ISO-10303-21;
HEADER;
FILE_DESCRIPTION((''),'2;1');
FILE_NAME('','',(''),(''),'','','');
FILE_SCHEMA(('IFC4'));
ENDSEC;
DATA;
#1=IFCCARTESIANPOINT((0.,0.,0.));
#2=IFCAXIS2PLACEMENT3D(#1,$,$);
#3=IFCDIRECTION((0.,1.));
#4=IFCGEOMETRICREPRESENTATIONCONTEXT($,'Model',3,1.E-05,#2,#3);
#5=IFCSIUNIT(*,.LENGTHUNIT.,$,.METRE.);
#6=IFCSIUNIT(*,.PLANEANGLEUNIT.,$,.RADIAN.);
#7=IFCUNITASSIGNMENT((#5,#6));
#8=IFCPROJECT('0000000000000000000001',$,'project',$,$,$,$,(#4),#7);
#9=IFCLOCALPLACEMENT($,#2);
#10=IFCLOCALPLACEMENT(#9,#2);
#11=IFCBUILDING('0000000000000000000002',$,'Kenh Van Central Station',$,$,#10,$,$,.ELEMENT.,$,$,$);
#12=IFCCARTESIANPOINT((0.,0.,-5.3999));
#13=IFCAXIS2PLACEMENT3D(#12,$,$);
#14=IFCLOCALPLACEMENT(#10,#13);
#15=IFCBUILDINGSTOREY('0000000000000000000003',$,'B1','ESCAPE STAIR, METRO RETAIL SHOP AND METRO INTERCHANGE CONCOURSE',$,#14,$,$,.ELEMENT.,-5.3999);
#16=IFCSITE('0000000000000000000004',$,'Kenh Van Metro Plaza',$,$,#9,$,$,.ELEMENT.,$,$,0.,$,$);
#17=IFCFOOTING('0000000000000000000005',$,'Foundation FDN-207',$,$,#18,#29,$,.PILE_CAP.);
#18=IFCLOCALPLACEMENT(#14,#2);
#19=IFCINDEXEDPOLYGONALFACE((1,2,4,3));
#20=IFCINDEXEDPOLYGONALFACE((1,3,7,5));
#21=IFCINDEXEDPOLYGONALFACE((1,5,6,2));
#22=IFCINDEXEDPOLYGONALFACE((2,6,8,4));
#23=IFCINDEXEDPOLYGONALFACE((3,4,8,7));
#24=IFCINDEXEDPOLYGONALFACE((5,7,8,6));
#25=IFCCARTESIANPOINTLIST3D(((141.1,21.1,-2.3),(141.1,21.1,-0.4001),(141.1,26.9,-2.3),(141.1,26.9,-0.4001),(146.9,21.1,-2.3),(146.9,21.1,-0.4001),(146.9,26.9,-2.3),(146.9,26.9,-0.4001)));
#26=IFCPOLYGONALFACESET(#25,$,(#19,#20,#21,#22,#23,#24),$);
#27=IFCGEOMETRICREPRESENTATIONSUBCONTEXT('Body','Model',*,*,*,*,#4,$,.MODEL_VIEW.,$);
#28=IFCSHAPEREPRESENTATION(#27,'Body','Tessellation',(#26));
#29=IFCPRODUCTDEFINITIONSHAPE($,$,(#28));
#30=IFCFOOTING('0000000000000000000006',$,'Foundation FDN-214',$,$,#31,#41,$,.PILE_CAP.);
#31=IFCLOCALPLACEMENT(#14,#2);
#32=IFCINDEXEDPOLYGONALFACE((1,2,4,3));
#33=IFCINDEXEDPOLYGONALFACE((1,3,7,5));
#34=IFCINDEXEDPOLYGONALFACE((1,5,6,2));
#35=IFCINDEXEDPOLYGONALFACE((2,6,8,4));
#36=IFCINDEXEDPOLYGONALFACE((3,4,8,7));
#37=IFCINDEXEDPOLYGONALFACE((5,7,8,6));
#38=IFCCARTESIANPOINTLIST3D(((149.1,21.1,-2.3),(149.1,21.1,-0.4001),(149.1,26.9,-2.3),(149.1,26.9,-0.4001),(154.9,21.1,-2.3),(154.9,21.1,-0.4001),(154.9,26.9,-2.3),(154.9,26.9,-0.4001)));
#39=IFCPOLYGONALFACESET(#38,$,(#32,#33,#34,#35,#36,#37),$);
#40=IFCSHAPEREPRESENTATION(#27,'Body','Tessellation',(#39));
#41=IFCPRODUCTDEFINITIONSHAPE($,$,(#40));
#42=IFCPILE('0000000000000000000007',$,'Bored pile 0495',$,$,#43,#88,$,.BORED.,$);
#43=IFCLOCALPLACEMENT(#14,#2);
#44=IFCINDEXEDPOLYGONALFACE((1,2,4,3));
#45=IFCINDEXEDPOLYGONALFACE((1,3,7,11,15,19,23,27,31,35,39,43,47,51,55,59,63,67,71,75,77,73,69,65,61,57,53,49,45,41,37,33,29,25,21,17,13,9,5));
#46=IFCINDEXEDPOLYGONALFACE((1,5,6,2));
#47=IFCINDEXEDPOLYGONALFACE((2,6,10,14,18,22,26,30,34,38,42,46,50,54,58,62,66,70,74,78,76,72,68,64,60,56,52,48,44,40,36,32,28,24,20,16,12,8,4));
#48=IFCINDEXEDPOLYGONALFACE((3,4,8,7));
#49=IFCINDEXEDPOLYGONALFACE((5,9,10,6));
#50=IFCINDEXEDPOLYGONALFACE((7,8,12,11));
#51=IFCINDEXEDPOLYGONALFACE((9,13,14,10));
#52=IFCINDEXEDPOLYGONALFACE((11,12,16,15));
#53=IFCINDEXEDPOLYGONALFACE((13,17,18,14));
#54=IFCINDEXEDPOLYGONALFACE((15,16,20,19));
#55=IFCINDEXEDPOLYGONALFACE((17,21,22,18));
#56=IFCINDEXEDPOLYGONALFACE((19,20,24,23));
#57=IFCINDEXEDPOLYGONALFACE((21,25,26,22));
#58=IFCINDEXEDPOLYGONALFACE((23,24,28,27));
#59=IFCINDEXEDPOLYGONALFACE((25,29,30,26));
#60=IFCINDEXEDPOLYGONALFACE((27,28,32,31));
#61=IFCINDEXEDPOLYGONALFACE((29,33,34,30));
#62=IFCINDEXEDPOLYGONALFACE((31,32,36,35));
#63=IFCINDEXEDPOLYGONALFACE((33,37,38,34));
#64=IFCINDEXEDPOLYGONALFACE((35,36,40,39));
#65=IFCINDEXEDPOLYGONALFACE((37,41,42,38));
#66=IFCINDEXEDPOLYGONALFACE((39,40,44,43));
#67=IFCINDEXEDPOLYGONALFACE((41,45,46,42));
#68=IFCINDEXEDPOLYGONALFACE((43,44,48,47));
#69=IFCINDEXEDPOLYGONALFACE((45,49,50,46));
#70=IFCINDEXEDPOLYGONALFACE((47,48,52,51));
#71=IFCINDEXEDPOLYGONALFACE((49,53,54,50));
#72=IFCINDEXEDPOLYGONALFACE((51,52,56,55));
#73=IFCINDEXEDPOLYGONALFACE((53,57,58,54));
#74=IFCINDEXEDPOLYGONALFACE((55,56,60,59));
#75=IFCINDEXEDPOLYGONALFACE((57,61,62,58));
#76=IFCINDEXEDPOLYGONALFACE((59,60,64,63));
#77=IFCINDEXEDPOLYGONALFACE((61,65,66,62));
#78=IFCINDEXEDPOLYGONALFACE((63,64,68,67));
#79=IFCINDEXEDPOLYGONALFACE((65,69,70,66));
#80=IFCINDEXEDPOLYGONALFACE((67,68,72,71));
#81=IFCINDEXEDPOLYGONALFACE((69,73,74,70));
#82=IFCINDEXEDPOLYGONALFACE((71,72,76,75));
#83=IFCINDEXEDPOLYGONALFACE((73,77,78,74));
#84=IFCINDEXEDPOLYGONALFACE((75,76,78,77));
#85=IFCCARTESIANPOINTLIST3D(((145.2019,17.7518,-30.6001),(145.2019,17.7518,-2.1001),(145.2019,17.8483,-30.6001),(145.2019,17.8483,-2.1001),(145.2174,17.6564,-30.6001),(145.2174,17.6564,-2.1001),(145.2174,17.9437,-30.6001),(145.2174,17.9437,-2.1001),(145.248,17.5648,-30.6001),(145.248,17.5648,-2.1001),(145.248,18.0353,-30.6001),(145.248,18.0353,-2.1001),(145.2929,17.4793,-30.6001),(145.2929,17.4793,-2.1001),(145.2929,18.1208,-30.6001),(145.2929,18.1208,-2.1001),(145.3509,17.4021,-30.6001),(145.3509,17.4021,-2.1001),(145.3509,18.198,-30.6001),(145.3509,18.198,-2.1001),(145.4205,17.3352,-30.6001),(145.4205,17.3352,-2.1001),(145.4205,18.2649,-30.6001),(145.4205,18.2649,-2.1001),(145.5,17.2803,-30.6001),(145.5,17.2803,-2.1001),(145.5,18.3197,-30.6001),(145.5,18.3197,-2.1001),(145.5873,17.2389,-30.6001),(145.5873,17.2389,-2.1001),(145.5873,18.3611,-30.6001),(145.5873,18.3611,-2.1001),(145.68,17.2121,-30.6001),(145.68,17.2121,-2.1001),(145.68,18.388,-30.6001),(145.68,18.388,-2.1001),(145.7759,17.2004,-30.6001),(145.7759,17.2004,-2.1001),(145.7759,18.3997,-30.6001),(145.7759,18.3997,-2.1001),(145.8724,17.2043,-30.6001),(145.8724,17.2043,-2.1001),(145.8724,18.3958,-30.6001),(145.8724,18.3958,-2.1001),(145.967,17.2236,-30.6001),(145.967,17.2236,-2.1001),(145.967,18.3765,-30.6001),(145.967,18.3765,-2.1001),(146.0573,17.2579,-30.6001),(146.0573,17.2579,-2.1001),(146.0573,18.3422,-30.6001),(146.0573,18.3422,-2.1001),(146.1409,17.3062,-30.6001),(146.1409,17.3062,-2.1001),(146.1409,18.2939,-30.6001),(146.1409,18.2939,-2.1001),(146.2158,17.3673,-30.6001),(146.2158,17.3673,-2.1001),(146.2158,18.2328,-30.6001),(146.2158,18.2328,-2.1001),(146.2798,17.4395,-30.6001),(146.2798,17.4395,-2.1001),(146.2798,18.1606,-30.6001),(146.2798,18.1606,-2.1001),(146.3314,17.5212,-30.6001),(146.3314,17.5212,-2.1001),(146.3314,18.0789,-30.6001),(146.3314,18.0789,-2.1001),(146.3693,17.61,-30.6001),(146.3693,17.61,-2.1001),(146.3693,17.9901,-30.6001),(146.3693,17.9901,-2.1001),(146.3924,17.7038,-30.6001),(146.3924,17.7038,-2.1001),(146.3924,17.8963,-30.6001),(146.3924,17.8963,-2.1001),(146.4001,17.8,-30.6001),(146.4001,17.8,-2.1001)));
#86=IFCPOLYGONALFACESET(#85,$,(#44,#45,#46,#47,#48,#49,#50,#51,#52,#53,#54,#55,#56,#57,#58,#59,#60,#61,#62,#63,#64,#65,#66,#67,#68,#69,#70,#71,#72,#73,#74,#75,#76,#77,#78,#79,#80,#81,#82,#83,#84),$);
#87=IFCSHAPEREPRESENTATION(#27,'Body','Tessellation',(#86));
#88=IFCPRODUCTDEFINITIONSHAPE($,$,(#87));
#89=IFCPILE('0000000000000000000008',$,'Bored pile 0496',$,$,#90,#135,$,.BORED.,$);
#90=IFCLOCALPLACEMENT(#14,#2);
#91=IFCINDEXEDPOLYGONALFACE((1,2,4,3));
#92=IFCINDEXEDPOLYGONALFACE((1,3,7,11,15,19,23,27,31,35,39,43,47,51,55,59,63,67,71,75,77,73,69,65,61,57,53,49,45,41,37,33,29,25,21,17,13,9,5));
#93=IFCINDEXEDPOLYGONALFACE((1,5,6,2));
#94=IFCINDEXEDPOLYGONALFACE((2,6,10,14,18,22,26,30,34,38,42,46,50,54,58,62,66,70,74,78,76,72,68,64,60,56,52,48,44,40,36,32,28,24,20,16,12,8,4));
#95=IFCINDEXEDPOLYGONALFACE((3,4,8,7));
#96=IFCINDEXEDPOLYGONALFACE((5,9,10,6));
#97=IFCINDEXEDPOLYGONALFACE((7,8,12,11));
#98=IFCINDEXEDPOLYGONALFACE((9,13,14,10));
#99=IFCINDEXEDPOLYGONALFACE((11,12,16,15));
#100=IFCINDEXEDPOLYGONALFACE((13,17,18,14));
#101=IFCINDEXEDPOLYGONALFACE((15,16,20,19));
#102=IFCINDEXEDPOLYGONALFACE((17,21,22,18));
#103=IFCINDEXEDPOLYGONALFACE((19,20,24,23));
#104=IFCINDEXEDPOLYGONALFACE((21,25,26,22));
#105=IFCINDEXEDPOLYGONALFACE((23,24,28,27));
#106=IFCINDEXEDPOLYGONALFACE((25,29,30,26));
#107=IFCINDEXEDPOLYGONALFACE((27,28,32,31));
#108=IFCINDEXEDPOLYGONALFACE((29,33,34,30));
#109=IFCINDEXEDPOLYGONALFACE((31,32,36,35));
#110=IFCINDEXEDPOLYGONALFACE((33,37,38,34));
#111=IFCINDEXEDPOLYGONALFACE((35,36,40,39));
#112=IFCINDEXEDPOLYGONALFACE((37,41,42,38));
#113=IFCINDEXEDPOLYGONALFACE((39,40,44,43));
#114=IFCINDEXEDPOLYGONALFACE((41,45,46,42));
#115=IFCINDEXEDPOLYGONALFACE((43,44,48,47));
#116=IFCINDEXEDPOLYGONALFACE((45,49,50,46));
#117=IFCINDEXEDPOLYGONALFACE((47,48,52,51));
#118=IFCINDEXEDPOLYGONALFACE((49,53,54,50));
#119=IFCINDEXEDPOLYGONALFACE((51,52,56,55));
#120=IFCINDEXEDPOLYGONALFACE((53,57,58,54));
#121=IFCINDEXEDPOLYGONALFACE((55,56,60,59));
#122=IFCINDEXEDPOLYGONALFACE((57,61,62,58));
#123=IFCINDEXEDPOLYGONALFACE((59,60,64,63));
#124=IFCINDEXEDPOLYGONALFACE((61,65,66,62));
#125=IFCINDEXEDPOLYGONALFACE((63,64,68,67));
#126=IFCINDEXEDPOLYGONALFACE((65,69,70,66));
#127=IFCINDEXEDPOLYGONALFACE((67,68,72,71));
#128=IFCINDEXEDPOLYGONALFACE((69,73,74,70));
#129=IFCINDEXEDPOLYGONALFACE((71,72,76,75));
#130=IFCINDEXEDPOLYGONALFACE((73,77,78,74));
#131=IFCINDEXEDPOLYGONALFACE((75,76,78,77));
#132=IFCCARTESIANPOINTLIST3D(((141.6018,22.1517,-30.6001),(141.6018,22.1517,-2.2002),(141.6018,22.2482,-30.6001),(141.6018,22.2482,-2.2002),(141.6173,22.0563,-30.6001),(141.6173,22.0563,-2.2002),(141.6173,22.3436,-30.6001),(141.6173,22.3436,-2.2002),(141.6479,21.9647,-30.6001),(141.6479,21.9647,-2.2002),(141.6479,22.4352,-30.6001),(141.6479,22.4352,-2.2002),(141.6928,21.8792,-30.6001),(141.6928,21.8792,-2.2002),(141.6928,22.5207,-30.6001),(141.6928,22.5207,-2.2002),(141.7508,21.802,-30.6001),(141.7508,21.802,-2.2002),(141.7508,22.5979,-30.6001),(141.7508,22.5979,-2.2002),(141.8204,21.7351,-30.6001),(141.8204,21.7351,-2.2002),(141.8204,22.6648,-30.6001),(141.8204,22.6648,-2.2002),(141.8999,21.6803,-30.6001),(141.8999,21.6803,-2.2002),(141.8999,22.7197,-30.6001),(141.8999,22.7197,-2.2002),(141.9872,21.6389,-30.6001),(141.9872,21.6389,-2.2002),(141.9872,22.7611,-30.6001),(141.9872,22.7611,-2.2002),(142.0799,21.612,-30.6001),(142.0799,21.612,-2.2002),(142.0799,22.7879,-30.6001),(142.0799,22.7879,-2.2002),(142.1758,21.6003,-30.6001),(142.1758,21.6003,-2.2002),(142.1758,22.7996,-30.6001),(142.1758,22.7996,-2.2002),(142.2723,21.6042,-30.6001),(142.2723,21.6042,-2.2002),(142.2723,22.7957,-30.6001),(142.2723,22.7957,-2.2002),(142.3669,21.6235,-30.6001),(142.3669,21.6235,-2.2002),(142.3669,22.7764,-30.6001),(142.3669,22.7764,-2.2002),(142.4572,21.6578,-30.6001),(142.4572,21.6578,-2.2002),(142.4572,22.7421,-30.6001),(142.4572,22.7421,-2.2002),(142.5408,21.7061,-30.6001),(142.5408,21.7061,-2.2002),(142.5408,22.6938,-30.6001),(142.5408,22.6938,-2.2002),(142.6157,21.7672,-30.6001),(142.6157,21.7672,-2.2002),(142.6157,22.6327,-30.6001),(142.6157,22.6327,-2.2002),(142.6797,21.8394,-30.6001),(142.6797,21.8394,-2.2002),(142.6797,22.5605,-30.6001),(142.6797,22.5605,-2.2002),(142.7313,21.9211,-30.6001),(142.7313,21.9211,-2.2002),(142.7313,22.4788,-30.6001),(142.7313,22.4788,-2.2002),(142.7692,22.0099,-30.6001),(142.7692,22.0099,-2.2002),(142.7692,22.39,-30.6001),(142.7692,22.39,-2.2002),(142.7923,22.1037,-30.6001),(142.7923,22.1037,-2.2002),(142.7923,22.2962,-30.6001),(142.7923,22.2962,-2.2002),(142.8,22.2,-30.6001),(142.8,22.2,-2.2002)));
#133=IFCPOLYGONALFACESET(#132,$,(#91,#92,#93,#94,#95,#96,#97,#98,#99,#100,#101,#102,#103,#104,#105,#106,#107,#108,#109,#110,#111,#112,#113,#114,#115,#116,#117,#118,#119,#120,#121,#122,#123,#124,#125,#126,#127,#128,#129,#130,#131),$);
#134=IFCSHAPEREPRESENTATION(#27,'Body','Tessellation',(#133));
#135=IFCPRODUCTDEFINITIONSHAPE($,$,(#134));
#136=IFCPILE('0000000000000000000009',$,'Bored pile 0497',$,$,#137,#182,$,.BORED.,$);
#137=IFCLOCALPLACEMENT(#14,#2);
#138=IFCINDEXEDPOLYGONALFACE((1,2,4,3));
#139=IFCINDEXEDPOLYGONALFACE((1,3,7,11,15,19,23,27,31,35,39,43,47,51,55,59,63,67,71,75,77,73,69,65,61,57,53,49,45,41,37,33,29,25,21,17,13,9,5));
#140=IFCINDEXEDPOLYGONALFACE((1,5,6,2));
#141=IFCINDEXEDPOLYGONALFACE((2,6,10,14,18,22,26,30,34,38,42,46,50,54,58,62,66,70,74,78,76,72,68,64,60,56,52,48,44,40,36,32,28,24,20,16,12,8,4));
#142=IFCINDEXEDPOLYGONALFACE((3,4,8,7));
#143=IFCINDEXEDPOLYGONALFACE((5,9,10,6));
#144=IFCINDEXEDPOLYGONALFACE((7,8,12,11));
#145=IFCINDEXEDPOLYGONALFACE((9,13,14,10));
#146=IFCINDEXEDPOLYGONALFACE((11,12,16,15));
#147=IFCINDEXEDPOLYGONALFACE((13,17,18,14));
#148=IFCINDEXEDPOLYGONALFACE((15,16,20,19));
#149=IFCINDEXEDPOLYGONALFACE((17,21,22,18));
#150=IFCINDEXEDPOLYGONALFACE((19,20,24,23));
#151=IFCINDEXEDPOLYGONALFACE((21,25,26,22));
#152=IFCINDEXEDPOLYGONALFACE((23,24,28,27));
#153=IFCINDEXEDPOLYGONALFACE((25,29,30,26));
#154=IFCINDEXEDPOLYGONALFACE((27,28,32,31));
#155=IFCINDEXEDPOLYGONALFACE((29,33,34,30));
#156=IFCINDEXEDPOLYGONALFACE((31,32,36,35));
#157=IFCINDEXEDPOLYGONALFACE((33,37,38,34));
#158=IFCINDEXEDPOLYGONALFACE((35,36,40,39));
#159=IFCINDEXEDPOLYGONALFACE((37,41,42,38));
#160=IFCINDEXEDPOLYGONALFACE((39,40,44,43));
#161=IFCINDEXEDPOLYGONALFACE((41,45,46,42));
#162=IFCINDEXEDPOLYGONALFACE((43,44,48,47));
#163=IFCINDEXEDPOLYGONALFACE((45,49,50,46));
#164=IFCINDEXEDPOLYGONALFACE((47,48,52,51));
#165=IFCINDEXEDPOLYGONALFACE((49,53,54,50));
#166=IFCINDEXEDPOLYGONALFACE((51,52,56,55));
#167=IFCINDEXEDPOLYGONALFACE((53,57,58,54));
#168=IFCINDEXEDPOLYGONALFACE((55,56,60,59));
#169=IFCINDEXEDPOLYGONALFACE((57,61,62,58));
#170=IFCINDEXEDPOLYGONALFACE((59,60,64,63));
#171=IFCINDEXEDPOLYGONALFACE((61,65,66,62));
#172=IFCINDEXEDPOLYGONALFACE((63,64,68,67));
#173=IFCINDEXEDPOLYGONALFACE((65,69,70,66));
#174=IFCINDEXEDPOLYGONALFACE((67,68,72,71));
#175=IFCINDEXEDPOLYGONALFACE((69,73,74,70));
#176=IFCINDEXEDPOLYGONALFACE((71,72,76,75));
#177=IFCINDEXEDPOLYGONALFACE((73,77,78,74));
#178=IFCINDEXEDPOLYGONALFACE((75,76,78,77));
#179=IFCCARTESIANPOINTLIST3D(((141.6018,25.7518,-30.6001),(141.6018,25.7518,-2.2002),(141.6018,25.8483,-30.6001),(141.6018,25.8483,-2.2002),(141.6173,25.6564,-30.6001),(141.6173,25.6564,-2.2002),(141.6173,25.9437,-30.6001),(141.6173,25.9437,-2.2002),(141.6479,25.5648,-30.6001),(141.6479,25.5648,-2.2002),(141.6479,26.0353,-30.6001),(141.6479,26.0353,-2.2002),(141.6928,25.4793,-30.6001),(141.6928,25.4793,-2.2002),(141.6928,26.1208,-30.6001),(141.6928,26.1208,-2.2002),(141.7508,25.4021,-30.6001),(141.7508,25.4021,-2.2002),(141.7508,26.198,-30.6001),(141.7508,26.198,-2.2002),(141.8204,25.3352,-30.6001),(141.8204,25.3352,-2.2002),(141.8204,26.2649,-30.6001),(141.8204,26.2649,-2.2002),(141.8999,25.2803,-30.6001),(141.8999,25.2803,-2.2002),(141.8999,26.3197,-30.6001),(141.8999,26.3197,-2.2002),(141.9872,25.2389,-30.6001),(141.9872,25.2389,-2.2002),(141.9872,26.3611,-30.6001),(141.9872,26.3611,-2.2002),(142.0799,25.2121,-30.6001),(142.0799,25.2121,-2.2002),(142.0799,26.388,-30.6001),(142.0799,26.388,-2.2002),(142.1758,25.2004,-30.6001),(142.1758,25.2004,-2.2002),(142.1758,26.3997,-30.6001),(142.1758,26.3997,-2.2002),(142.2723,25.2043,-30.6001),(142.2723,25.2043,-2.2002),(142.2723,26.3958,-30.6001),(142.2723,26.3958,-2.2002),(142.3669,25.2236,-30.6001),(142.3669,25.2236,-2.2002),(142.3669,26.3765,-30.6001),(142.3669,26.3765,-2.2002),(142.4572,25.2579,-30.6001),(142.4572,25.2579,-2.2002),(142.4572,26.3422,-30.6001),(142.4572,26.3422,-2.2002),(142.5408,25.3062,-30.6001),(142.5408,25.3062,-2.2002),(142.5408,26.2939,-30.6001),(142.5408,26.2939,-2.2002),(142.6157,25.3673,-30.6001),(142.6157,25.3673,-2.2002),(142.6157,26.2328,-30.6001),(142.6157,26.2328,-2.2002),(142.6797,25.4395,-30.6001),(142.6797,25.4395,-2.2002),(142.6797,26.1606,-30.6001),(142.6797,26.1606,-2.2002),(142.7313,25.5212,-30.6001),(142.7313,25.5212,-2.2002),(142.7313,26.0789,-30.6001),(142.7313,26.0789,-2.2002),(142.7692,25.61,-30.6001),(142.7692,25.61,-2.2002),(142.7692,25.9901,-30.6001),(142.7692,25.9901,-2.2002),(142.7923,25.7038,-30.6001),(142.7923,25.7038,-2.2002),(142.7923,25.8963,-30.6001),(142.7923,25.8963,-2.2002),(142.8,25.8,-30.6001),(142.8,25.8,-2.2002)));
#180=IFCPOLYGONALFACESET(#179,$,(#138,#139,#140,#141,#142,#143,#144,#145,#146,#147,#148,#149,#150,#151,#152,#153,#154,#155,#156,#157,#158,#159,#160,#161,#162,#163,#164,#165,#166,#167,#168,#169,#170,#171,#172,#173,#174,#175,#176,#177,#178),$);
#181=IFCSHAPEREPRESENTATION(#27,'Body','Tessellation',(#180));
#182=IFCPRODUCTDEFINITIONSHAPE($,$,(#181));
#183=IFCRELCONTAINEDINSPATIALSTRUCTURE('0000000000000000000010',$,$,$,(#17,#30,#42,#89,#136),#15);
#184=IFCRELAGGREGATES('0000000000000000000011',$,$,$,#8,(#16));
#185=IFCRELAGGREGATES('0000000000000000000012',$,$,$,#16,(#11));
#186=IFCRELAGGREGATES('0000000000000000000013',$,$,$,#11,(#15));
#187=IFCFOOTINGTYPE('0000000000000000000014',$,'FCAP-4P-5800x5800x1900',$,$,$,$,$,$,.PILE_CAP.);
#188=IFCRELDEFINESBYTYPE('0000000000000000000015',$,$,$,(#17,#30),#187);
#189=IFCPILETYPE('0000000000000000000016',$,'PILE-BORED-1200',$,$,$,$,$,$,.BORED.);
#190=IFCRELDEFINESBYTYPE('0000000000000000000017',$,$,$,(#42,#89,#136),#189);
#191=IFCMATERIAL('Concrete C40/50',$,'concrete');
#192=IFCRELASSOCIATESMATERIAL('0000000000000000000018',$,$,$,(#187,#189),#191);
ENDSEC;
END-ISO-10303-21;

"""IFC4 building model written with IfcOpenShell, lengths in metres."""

from ifc_helpers import new_model, si_unit, direction, frame, origin, origin_2d, place, context, subcontext, project, spatial, rectangle, circle, extrude, material, material_profile, profile_set, type_object, element, save


model = new_model("IFC4")

# Units and contexts
model_context = context("Model", 3, precision=1e-05, world=origin(), true_north=direction((0.0, 1.0)))
body_context = subcontext(model_context, "Body", "Model", "MODEL_VIEW")
ifc_project = project(units=[si_unit("LENGTHUNIT", "METRE"), si_unit("PLANEANGLEUNIT", "RADIAN")], contexts=[model_context])

# Site, building, storey
site_placement = place(None, origin())
site = spatial("IfcSite", under=ifc_project, at=site_placement, Name="Kenh Van Metro Plaza", CompositionType="ELEMENT", RefElevation=0.0)
building_placement = place(site_placement, origin())
building = spatial("IfcBuilding", under=site, at=building_placement, Name="Kenh Van Central Station", CompositionType="ELEMENT")
storey_placement = place(building_placement, frame((0.0, 0.0, -5.3999)))
storey = spatial("IfcBuildingStorey", under=building, at=storey_placement, Name="B1", Description="ESCAPE STAIR, METRO RETAIL SHOP AND METRO INTERCHANGE CONCOURSE", CompositionType="ELEMENT", Elevation=-5.3999)

# Footings
ifc_material_1 = material(Name="Concrete C40/50", Category="concrete")
footing_type = type_object("IfcFootingType", Name="FCAP-4P-5800x5800x1900", PredefinedType="PILE_CAP", material=ifc_material_1)
for number, where, z_axis, x_axis, name in (
    (1, (144.0, 24.0, -2.3), (0.0, 0.0, 1.0), (1.0, 0.0, 0.0), "Foundation FDN-207"),
    (2, (152.0, 24.0, -2.3), (0.0, 0.0, 1.0), (1.0, 0.0, 0.0), "Foundation FDN-214"),
):
    element("IfcFooting", number, at=place(storey_placement, frame(where, z_axis=z_axis, x_axis=x_axis)), inside=storey, type_object=footing_type, Name=name, PredefinedType="PILE_CAP", context=body_context, shape_type="SweptSolid", body=[
        extrude(rectangle(XDim=5.8, YDim=5.8, at=origin_2d()), origin(), (0.0, 0.0, 1.0), 1.8999),
    ])

# Piles
ifc_material_profile_1 = material_profile(ifc_material_1, circle(Radius=0.6001, at=origin_2d()), Name="PILE D1200")
ifc_profile_set_1 = profile_set([ifc_material_profile_1], Name="Concrete C40/50")
pile_type = type_object("IfcPileType", Name="PILE-BORED-1200", PredefinedType="BORED", material=ifc_profile_set_1)
pile_1_placement = place(storey_placement, frame((145.8, 17.8, -2.1001), z_axis=(0.0, 0.0, -1.0), x_axis=(1.0, 0.0, 0.0)))
element("IfcPile", 3, at=pile_1_placement, inside=storey, type_object=pile_type, Name="Bored pile 0495", PredefinedType="BORED", context=body_context, shape_type="SweptSolid", body=[
    extrude(circle(Radius=0.6001, at=origin_2d()), origin(), (0.0, 0.0, 1.0), 28.5),
])
for number, where, z_axis, x_axis, name in (
    (4, (142.2, 22.2, -2.2002), (0.0, 0.0, -1.0), (1.0, 0.0, 0.0), "Bored pile 0496"),
    (5, (142.2, 25.8, -2.2002), (0.0, 0.0, -1.0), (1.0, 0.0, 0.0), "Bored pile 0497"),
):
    element("IfcPile", number, at=place(storey_placement, frame(where, z_axis=z_axis, x_axis=x_axis)), inside=storey, type_object=pile_type, Name=name, PredefinedType="BORED", context=body_context, shape_type="SweptSolid", body=[
        extrude(circle(Radius=0.6001, at=origin_2d()), origin(), (0.0, 0.0, 1.0), 28.3999),
    ])

save(model, "model.ifc")
